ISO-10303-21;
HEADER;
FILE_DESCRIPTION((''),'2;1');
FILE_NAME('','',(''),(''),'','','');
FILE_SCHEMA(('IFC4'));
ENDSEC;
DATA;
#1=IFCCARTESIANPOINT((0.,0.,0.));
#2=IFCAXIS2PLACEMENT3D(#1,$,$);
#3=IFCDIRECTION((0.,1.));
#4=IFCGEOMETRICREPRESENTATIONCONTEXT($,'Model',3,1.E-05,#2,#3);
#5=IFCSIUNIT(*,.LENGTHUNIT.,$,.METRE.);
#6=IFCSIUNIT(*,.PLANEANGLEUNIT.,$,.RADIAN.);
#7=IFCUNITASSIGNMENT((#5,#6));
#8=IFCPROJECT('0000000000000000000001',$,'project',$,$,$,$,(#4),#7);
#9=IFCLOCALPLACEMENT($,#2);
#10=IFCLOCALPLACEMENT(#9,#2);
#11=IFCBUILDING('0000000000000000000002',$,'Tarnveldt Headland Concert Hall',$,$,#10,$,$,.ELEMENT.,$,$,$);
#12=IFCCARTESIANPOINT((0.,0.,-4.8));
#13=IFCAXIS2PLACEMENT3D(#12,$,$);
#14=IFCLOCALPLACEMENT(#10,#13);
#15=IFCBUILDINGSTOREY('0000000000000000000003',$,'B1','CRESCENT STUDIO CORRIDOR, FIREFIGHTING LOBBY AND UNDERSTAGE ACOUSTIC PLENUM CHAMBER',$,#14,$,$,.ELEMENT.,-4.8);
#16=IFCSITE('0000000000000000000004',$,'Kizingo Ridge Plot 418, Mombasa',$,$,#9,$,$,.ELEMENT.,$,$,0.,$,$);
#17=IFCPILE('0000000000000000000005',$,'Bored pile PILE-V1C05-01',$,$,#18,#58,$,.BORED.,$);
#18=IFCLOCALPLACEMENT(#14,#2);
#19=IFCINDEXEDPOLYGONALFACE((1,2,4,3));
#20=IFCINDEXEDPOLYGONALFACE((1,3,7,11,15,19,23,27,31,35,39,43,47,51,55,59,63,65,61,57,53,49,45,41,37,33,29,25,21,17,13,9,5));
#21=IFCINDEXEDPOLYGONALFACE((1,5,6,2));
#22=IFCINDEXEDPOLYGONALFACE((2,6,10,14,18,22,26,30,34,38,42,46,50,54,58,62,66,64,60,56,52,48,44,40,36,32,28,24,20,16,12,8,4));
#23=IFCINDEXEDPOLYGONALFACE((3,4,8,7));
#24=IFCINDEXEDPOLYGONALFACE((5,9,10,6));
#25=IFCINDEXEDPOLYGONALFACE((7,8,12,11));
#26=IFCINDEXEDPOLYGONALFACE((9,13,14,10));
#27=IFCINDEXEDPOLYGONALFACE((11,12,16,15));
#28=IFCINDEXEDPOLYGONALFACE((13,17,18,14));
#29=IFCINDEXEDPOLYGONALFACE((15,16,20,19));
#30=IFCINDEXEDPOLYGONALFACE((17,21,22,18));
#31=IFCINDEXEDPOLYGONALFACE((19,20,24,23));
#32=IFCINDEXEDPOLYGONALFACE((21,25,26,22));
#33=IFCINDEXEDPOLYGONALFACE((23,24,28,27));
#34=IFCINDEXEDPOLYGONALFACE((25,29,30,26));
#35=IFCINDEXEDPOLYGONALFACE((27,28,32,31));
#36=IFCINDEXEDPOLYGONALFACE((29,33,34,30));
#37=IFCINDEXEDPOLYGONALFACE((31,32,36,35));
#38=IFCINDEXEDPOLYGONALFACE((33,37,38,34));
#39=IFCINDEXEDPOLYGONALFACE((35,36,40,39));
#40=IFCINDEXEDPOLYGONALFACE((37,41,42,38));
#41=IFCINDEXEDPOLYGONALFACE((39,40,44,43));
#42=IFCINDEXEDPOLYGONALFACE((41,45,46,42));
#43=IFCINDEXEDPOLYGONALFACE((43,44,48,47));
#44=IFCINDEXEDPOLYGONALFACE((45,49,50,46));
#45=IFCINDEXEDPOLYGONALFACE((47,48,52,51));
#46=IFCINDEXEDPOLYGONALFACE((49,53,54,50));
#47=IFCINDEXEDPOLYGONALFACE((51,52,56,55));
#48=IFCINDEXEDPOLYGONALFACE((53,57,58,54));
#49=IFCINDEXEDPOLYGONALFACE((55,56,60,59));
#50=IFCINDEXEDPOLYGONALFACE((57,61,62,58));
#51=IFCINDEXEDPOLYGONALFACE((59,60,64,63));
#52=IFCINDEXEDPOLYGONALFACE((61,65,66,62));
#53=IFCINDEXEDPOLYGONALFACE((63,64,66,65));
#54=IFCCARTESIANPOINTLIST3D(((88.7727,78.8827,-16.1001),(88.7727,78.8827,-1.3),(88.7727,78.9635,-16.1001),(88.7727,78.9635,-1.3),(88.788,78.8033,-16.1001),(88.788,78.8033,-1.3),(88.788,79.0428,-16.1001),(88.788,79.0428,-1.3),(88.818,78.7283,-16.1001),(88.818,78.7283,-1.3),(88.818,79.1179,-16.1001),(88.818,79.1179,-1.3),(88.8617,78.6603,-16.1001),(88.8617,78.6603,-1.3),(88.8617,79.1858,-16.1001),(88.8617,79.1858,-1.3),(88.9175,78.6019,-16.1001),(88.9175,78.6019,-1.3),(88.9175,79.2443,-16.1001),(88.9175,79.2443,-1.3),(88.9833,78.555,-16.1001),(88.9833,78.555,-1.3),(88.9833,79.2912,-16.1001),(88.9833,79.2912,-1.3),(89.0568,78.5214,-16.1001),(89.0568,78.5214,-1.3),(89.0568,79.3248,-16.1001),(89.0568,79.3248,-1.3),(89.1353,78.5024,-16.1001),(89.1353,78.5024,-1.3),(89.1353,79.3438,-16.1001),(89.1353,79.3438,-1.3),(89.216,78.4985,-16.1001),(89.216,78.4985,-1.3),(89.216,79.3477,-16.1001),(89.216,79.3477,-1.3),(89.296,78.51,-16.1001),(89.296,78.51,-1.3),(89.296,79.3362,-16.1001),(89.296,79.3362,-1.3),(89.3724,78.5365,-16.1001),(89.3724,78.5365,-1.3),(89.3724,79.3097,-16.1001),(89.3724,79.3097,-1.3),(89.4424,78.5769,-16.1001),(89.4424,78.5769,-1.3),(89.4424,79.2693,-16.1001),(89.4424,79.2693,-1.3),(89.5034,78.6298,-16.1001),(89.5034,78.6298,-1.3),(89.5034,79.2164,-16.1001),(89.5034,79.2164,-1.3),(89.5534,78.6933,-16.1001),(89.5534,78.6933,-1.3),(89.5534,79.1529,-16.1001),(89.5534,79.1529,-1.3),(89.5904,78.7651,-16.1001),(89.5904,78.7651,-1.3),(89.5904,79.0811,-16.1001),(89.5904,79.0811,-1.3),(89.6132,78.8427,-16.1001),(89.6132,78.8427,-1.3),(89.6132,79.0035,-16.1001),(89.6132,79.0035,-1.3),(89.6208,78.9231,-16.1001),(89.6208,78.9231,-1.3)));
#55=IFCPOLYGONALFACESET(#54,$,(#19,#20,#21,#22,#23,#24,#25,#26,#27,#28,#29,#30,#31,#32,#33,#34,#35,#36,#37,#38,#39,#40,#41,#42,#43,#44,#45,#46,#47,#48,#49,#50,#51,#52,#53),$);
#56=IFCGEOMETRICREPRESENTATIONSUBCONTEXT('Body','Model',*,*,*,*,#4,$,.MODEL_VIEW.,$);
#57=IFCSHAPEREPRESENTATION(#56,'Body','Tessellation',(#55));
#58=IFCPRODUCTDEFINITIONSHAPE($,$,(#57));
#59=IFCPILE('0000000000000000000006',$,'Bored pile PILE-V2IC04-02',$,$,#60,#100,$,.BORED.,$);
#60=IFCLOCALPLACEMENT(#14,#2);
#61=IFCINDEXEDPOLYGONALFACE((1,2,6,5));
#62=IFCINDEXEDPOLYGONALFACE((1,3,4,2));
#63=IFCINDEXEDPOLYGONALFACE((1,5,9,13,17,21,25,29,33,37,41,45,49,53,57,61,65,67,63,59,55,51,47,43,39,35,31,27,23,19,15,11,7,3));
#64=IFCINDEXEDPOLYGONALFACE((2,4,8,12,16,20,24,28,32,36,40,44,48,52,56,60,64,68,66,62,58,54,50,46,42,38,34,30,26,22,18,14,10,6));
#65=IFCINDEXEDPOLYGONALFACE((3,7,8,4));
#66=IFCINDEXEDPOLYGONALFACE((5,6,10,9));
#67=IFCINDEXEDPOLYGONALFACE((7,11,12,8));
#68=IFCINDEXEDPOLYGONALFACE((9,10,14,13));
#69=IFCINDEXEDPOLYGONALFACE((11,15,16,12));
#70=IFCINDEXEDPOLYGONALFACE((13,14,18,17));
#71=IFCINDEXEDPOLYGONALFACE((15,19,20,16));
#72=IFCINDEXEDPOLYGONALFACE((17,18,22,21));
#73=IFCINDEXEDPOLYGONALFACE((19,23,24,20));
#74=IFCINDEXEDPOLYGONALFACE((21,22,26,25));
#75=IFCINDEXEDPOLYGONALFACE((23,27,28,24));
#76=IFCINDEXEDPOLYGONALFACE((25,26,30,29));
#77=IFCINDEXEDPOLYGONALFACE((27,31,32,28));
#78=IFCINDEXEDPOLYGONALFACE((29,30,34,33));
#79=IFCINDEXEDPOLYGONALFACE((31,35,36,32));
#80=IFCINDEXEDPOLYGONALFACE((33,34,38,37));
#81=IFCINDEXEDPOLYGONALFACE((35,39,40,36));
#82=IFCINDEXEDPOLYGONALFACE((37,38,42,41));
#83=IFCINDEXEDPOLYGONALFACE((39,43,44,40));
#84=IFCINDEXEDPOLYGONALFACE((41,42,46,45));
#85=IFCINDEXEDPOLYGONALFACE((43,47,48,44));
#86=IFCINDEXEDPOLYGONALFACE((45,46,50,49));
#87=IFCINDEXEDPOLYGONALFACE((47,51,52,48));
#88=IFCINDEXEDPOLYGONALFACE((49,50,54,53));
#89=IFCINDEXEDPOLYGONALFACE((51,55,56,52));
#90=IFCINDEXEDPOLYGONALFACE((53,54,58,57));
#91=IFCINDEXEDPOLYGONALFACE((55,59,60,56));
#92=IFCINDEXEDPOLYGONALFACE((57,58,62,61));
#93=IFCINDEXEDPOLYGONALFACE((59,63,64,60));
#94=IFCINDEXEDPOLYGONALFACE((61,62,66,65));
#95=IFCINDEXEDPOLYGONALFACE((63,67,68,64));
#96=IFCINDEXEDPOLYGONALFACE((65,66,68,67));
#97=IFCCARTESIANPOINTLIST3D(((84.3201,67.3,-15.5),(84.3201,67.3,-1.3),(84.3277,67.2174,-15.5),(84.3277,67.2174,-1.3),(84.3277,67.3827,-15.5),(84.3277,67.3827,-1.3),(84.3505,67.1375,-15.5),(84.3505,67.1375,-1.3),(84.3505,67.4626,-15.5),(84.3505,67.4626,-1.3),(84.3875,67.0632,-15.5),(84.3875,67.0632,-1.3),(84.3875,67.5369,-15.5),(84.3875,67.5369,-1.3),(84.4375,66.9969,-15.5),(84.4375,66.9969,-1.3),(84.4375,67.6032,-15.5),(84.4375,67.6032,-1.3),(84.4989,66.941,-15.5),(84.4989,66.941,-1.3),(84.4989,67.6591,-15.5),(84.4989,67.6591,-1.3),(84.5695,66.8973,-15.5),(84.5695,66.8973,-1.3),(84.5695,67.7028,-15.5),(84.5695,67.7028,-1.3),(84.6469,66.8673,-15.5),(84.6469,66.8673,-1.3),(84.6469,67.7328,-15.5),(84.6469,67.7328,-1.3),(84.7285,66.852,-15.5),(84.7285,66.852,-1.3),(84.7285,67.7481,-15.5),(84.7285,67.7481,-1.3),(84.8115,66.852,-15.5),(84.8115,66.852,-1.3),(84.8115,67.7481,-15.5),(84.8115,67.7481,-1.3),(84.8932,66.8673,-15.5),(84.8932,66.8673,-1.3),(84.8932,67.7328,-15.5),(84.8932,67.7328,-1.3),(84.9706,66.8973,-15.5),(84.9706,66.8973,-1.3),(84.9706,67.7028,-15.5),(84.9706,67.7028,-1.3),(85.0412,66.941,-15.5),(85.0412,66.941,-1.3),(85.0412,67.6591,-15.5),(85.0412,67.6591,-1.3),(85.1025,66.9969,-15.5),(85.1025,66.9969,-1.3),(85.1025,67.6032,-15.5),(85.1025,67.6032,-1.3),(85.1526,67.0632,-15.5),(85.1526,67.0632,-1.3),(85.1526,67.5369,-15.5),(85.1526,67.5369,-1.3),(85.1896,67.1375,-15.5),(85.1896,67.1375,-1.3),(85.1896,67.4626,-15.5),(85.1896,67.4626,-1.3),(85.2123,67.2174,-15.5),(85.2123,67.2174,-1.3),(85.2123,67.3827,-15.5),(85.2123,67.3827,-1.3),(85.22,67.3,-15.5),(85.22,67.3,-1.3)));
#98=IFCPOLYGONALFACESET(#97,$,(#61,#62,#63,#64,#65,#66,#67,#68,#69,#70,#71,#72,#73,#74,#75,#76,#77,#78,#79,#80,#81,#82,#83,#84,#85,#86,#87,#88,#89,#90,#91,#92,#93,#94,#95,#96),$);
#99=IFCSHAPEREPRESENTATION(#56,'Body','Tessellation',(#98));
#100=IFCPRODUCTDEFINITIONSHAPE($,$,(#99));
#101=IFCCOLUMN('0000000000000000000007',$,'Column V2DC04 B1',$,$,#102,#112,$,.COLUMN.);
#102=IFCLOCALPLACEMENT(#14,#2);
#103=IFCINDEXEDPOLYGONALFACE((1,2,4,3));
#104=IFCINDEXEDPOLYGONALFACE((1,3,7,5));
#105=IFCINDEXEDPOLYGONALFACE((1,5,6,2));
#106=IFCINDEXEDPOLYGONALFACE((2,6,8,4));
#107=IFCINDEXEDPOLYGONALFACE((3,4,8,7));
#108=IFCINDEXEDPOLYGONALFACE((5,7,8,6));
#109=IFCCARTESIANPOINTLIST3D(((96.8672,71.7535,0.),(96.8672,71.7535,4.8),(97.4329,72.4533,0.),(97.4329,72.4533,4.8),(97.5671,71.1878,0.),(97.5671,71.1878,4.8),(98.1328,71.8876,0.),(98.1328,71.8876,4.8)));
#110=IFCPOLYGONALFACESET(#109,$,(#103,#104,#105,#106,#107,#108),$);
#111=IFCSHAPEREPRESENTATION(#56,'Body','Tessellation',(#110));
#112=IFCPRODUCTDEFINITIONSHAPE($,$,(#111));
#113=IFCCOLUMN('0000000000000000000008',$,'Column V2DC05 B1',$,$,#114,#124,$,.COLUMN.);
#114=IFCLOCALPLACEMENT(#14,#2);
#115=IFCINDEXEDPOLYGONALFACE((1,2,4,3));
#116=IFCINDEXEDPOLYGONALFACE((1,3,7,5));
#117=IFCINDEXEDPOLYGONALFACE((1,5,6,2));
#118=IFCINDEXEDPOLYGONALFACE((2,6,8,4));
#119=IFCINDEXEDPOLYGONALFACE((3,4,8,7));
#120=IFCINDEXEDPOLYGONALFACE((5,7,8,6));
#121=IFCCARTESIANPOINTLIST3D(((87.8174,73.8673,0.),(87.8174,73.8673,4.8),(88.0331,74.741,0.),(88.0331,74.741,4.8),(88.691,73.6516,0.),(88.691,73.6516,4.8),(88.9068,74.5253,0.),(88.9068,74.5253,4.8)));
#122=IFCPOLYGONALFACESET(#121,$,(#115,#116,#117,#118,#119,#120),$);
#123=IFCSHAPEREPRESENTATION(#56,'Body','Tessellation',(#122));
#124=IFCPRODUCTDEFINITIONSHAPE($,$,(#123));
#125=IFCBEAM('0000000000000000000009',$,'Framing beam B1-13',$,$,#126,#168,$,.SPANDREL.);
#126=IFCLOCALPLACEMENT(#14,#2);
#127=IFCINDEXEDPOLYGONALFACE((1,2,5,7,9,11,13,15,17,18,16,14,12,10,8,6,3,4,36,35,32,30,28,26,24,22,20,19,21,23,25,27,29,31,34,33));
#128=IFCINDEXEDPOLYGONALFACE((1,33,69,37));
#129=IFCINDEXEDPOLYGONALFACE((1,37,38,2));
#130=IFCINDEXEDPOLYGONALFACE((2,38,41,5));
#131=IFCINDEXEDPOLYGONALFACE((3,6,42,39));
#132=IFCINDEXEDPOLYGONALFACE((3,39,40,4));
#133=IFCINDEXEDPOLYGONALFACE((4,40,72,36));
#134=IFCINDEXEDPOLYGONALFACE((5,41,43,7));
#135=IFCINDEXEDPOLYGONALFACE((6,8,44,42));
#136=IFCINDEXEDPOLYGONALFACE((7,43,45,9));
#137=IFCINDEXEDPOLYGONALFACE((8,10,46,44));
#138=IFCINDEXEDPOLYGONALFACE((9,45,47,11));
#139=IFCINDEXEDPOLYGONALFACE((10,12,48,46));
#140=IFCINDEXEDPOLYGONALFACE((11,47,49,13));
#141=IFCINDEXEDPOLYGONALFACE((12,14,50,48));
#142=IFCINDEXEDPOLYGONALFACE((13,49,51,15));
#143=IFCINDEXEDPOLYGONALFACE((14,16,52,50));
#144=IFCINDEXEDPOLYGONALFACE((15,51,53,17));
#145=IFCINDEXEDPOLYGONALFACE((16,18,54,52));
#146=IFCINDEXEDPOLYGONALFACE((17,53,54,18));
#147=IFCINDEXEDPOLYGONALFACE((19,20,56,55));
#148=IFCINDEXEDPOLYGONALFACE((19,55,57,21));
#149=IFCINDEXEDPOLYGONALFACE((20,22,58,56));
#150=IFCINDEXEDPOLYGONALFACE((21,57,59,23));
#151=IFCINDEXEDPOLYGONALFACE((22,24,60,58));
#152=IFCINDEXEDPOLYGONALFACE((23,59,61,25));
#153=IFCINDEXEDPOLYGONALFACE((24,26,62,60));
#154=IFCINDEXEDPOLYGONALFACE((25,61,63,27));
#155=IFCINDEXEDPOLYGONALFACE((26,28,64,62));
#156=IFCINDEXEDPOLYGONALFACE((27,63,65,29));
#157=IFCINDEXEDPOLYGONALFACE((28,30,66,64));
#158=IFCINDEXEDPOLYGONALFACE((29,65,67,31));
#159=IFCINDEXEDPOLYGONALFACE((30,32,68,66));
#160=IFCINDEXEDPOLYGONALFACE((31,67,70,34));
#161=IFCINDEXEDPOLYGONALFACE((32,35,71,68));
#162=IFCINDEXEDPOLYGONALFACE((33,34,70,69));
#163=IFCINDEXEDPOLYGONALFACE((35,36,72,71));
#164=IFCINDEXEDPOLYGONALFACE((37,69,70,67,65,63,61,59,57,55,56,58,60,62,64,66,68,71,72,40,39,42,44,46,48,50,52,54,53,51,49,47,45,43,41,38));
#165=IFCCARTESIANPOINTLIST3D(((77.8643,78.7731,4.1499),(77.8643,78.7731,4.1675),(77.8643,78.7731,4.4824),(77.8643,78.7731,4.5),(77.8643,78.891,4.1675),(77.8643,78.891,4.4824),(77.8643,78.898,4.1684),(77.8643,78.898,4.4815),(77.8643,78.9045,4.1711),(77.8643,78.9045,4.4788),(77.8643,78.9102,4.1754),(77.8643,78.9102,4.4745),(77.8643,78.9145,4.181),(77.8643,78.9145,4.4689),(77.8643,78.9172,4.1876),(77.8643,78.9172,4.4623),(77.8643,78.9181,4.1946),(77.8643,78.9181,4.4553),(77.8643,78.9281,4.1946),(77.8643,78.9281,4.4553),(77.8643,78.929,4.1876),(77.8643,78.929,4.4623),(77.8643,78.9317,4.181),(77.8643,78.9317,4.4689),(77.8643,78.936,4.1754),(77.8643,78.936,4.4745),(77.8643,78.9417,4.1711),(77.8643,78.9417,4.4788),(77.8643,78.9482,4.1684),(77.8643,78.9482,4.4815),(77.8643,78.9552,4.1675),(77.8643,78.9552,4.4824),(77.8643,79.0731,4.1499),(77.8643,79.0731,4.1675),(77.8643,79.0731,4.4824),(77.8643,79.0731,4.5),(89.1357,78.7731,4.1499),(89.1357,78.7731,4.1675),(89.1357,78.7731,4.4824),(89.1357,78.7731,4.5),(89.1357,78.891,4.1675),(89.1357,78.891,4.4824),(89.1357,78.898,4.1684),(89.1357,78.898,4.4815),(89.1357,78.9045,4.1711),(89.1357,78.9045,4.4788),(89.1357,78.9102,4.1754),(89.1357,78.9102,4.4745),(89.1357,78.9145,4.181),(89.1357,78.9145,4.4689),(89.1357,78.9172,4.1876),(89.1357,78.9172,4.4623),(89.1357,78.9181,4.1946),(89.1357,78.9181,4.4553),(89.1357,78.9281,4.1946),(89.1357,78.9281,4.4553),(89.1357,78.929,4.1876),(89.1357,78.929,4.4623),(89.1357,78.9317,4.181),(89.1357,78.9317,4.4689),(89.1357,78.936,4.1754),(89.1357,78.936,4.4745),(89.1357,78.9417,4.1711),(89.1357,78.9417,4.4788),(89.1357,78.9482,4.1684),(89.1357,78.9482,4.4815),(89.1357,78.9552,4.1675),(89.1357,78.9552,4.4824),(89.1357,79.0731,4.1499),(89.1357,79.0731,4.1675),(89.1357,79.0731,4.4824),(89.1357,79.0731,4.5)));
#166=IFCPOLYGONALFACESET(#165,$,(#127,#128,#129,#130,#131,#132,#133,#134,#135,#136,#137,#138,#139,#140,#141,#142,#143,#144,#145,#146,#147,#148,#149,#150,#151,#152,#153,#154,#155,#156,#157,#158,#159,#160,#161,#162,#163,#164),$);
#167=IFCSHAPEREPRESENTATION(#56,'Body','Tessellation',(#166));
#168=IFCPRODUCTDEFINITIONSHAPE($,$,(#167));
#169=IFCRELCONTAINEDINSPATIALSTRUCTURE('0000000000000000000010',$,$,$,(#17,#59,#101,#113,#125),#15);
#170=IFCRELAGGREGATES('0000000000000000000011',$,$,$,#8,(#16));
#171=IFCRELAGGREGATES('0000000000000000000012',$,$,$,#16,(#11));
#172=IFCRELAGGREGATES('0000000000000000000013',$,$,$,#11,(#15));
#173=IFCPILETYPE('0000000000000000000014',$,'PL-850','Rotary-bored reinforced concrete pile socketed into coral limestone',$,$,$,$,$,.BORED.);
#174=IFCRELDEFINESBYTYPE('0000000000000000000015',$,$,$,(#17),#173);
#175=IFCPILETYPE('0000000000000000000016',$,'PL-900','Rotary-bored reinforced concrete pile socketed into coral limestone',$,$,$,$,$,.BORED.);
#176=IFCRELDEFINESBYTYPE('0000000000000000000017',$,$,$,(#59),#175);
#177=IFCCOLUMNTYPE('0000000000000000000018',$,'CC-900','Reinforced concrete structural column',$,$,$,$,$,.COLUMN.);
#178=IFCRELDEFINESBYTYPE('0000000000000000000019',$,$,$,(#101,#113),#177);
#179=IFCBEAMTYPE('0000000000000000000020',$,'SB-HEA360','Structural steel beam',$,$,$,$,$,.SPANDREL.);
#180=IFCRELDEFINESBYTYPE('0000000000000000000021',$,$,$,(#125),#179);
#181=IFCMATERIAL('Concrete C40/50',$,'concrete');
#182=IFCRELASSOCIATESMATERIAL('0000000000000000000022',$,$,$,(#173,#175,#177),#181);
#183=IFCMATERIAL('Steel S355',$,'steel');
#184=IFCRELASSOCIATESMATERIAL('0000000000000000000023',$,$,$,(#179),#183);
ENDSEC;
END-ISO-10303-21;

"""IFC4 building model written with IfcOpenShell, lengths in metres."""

from ifc_helpers import new_model, si_unit, direction, frame, origin, origin_2d, place, context, subcontext, project, spatial, rectangle, circle, i_section, extrude, material, material_profile, profile_set, type_object, element, save


model = new_model("IFC4")

# Units and contexts
model_context = context("Model", 3, precision=1e-05, world=origin(), true_north=direction((0.0, 1.0)))
body_context = subcontext(model_context, "Body", "Model", "MODEL_VIEW")
ifc_project = project(units=[si_unit("LENGTHUNIT", "METRE"), si_unit("PLANEANGLEUNIT", "RADIAN")], contexts=[model_context])

# Site, building, storey
site_placement = place(None, origin())
site = spatial("IfcSite", under=ifc_project, at=site_placement, Name="Kizingo Ridge Plot 418, Mombasa", CompositionType="ELEMENT", RefElevation=0.0)
building_placement = place(site_placement, origin())
building = spatial("IfcBuilding", under=site, at=building_placement, Name="Tarnveldt Headland Concert Hall", CompositionType="ELEMENT")
storey_placement = place(building_placement, frame((0.0, 0.0, -4.8)))
storey = spatial("IfcBuildingStorey", under=building, at=storey_placement, Name="B1", Description="CRESCENT STUDIO CORRIDOR, FIREFIGHTING LOBBY AND UNDERSTAGE ACOUSTIC PLENUM CHAMBER", CompositionType="ELEMENT", Elevation=-4.8)

# Shared definitions
ifc_material_1 = material(Name="Concrete C40/50", Category="concrete")

# Piles
ifc_material_profile_1 = material_profile(ifc_material_1, circle(Radius=0.425, at=origin_2d()), Name="BORED PILE D850", Category="concrete")
ifc_profile_set_1 = profile_set([ifc_material_profile_1], Name="Concrete C40/50")
pile_type_1 = type_object("IfcPileType", Name="PL-850", Description="Rotary-bored reinforced concrete pile socketed into coral limestone", PredefinedType="BORED", material=ifc_profile_set_1)
pile_1_placement = place(storey_placement, frame((89.1958, 78.9231, -1.3), z_axis=(0.0, 0.0, -1.0), x_axis=(1.0, 0.0, 0.0)))
element("IfcPile", 1, at=pile_1_placement, inside=storey, type_object=pile_type_1, Name="Bored pile PILE-V1C05-01", PredefinedType="BORED", context=body_context, shape_type="SweptSolid", body=[
    extrude(circle(Radius=0.425, at=origin_2d()), origin(), (0.0, 0.0, 1.0), 14.8),
])
ifc_material_profile_2 = material_profile(ifc_material_1, circle(Radius=0.45, at=origin_2d()), Name="BORED PILE D900", Category="concrete")
ifc_profile_set_2 = profile_set([ifc_material_profile_2], Name="Concrete C40/50")
pile_type_2 = type_object("IfcPileType", Name="PL-900", Description="Rotary-bored reinforced concrete pile socketed into coral limestone", PredefinedType="BORED", material=ifc_profile_set_2)
pile_2_placement = place(storey_placement, frame((84.77, 67.3, -1.3), z_axis=(0.0, 0.0, -1.0), x_axis=(1.0, 0.0, 0.0)))
element("IfcPile", 2, at=pile_2_placement, inside=storey, type_object=pile_type_2, Name="Bored pile PILE-V2IC04-02", PredefinedType="BORED", context=body_context, shape_type="SweptSolid", body=[
    extrude(circle(Radius=0.45, at=origin_2d()), origin(), (0.0, 0.0, 1.0), 14.2),
])

# Columns
ifc_material_profile_3 = material_profile(ifc_material_1, rectangle(XDim=0.8999, YDim=0.8999, at=origin_2d()), Name="RC 900x900", Category="concrete")
ifc_profile_set_3 = profile_set([ifc_material_profile_3], Name="Concrete C40/50")
column_type_1 = type_object("IfcColumnType", Name="CC-900", Description="Reinforced concrete structural column", PredefinedType="COLUMN", material=ifc_profile_set_3)
for number, where, z_axis, x_axis, name in (
    (3, (97.5, 71.8206, 0.0), (0.0, 0.0, 1.0), (0.628642, 0.777695, 0.0), "Column V2DC04 B1"),
    (4, (88.3621, 74.1963, 0.0), (0.0, 0.0, 1.0), (0.23972, 0.970842, 0.0), "Column V2DC05 B1"),
):
    element("IfcColumn", number, at=place(storey_placement, frame(where, z_axis=z_axis, x_axis=x_axis)), inside=storey, type_object=column_type_1, Name=name, PredefinedType="COLUMN", context=body_context, shape_type="SweptSolid", body=[
        extrude(rectangle(XDim=0.8999, YDim=0.8999, at=origin_2d()), origin(), (0.0, 0.0, 1.0), 4.8),
    ])

# Beam
ifc_material_2 = material(Name="Steel S355", Category="steel")
ifc_material_profile_4 = material_profile(ifc_material_2, i_section(OverallWidth=0.3, OverallDepth=0.3501, WebThickness=0.01, FlangeThickness=0.0176, FilletRadius=0.0271, at=origin_2d()), Name="HEA360", Category="steel")
ifc_profile_set_4 = profile_set([ifc_material_profile_4], Name="Steel S355")
beam_type_1 = type_object("IfcBeamType", Name="SB-HEA360", Description="Structural steel beam", PredefinedType="SPANDREL", material=ifc_profile_set_4)
beam_1_placement = place(storey_placement, frame((89.1357, 78.9231, 4.325), z_axis=(-1.0, 0.0, 0.0), x_axis=(0.0, -1.0, 0.0)))
element("IfcBeam", 5, at=beam_1_placement, inside=storey, type_object=beam_type_1, Name="Framing beam B1-13", PredefinedType="SPANDREL", context=body_context, shape_type="SweptSolid", body=[
    extrude(i_section(OverallWidth=0.3, OverallDepth=0.3501, WebThickness=0.01, FlangeThickness=0.0176, FilletRadius=0.0271, at=origin_2d()), origin(), (0.0, 0.0, 1.0), 11.2715),
])

save(model, "model.ifc")
